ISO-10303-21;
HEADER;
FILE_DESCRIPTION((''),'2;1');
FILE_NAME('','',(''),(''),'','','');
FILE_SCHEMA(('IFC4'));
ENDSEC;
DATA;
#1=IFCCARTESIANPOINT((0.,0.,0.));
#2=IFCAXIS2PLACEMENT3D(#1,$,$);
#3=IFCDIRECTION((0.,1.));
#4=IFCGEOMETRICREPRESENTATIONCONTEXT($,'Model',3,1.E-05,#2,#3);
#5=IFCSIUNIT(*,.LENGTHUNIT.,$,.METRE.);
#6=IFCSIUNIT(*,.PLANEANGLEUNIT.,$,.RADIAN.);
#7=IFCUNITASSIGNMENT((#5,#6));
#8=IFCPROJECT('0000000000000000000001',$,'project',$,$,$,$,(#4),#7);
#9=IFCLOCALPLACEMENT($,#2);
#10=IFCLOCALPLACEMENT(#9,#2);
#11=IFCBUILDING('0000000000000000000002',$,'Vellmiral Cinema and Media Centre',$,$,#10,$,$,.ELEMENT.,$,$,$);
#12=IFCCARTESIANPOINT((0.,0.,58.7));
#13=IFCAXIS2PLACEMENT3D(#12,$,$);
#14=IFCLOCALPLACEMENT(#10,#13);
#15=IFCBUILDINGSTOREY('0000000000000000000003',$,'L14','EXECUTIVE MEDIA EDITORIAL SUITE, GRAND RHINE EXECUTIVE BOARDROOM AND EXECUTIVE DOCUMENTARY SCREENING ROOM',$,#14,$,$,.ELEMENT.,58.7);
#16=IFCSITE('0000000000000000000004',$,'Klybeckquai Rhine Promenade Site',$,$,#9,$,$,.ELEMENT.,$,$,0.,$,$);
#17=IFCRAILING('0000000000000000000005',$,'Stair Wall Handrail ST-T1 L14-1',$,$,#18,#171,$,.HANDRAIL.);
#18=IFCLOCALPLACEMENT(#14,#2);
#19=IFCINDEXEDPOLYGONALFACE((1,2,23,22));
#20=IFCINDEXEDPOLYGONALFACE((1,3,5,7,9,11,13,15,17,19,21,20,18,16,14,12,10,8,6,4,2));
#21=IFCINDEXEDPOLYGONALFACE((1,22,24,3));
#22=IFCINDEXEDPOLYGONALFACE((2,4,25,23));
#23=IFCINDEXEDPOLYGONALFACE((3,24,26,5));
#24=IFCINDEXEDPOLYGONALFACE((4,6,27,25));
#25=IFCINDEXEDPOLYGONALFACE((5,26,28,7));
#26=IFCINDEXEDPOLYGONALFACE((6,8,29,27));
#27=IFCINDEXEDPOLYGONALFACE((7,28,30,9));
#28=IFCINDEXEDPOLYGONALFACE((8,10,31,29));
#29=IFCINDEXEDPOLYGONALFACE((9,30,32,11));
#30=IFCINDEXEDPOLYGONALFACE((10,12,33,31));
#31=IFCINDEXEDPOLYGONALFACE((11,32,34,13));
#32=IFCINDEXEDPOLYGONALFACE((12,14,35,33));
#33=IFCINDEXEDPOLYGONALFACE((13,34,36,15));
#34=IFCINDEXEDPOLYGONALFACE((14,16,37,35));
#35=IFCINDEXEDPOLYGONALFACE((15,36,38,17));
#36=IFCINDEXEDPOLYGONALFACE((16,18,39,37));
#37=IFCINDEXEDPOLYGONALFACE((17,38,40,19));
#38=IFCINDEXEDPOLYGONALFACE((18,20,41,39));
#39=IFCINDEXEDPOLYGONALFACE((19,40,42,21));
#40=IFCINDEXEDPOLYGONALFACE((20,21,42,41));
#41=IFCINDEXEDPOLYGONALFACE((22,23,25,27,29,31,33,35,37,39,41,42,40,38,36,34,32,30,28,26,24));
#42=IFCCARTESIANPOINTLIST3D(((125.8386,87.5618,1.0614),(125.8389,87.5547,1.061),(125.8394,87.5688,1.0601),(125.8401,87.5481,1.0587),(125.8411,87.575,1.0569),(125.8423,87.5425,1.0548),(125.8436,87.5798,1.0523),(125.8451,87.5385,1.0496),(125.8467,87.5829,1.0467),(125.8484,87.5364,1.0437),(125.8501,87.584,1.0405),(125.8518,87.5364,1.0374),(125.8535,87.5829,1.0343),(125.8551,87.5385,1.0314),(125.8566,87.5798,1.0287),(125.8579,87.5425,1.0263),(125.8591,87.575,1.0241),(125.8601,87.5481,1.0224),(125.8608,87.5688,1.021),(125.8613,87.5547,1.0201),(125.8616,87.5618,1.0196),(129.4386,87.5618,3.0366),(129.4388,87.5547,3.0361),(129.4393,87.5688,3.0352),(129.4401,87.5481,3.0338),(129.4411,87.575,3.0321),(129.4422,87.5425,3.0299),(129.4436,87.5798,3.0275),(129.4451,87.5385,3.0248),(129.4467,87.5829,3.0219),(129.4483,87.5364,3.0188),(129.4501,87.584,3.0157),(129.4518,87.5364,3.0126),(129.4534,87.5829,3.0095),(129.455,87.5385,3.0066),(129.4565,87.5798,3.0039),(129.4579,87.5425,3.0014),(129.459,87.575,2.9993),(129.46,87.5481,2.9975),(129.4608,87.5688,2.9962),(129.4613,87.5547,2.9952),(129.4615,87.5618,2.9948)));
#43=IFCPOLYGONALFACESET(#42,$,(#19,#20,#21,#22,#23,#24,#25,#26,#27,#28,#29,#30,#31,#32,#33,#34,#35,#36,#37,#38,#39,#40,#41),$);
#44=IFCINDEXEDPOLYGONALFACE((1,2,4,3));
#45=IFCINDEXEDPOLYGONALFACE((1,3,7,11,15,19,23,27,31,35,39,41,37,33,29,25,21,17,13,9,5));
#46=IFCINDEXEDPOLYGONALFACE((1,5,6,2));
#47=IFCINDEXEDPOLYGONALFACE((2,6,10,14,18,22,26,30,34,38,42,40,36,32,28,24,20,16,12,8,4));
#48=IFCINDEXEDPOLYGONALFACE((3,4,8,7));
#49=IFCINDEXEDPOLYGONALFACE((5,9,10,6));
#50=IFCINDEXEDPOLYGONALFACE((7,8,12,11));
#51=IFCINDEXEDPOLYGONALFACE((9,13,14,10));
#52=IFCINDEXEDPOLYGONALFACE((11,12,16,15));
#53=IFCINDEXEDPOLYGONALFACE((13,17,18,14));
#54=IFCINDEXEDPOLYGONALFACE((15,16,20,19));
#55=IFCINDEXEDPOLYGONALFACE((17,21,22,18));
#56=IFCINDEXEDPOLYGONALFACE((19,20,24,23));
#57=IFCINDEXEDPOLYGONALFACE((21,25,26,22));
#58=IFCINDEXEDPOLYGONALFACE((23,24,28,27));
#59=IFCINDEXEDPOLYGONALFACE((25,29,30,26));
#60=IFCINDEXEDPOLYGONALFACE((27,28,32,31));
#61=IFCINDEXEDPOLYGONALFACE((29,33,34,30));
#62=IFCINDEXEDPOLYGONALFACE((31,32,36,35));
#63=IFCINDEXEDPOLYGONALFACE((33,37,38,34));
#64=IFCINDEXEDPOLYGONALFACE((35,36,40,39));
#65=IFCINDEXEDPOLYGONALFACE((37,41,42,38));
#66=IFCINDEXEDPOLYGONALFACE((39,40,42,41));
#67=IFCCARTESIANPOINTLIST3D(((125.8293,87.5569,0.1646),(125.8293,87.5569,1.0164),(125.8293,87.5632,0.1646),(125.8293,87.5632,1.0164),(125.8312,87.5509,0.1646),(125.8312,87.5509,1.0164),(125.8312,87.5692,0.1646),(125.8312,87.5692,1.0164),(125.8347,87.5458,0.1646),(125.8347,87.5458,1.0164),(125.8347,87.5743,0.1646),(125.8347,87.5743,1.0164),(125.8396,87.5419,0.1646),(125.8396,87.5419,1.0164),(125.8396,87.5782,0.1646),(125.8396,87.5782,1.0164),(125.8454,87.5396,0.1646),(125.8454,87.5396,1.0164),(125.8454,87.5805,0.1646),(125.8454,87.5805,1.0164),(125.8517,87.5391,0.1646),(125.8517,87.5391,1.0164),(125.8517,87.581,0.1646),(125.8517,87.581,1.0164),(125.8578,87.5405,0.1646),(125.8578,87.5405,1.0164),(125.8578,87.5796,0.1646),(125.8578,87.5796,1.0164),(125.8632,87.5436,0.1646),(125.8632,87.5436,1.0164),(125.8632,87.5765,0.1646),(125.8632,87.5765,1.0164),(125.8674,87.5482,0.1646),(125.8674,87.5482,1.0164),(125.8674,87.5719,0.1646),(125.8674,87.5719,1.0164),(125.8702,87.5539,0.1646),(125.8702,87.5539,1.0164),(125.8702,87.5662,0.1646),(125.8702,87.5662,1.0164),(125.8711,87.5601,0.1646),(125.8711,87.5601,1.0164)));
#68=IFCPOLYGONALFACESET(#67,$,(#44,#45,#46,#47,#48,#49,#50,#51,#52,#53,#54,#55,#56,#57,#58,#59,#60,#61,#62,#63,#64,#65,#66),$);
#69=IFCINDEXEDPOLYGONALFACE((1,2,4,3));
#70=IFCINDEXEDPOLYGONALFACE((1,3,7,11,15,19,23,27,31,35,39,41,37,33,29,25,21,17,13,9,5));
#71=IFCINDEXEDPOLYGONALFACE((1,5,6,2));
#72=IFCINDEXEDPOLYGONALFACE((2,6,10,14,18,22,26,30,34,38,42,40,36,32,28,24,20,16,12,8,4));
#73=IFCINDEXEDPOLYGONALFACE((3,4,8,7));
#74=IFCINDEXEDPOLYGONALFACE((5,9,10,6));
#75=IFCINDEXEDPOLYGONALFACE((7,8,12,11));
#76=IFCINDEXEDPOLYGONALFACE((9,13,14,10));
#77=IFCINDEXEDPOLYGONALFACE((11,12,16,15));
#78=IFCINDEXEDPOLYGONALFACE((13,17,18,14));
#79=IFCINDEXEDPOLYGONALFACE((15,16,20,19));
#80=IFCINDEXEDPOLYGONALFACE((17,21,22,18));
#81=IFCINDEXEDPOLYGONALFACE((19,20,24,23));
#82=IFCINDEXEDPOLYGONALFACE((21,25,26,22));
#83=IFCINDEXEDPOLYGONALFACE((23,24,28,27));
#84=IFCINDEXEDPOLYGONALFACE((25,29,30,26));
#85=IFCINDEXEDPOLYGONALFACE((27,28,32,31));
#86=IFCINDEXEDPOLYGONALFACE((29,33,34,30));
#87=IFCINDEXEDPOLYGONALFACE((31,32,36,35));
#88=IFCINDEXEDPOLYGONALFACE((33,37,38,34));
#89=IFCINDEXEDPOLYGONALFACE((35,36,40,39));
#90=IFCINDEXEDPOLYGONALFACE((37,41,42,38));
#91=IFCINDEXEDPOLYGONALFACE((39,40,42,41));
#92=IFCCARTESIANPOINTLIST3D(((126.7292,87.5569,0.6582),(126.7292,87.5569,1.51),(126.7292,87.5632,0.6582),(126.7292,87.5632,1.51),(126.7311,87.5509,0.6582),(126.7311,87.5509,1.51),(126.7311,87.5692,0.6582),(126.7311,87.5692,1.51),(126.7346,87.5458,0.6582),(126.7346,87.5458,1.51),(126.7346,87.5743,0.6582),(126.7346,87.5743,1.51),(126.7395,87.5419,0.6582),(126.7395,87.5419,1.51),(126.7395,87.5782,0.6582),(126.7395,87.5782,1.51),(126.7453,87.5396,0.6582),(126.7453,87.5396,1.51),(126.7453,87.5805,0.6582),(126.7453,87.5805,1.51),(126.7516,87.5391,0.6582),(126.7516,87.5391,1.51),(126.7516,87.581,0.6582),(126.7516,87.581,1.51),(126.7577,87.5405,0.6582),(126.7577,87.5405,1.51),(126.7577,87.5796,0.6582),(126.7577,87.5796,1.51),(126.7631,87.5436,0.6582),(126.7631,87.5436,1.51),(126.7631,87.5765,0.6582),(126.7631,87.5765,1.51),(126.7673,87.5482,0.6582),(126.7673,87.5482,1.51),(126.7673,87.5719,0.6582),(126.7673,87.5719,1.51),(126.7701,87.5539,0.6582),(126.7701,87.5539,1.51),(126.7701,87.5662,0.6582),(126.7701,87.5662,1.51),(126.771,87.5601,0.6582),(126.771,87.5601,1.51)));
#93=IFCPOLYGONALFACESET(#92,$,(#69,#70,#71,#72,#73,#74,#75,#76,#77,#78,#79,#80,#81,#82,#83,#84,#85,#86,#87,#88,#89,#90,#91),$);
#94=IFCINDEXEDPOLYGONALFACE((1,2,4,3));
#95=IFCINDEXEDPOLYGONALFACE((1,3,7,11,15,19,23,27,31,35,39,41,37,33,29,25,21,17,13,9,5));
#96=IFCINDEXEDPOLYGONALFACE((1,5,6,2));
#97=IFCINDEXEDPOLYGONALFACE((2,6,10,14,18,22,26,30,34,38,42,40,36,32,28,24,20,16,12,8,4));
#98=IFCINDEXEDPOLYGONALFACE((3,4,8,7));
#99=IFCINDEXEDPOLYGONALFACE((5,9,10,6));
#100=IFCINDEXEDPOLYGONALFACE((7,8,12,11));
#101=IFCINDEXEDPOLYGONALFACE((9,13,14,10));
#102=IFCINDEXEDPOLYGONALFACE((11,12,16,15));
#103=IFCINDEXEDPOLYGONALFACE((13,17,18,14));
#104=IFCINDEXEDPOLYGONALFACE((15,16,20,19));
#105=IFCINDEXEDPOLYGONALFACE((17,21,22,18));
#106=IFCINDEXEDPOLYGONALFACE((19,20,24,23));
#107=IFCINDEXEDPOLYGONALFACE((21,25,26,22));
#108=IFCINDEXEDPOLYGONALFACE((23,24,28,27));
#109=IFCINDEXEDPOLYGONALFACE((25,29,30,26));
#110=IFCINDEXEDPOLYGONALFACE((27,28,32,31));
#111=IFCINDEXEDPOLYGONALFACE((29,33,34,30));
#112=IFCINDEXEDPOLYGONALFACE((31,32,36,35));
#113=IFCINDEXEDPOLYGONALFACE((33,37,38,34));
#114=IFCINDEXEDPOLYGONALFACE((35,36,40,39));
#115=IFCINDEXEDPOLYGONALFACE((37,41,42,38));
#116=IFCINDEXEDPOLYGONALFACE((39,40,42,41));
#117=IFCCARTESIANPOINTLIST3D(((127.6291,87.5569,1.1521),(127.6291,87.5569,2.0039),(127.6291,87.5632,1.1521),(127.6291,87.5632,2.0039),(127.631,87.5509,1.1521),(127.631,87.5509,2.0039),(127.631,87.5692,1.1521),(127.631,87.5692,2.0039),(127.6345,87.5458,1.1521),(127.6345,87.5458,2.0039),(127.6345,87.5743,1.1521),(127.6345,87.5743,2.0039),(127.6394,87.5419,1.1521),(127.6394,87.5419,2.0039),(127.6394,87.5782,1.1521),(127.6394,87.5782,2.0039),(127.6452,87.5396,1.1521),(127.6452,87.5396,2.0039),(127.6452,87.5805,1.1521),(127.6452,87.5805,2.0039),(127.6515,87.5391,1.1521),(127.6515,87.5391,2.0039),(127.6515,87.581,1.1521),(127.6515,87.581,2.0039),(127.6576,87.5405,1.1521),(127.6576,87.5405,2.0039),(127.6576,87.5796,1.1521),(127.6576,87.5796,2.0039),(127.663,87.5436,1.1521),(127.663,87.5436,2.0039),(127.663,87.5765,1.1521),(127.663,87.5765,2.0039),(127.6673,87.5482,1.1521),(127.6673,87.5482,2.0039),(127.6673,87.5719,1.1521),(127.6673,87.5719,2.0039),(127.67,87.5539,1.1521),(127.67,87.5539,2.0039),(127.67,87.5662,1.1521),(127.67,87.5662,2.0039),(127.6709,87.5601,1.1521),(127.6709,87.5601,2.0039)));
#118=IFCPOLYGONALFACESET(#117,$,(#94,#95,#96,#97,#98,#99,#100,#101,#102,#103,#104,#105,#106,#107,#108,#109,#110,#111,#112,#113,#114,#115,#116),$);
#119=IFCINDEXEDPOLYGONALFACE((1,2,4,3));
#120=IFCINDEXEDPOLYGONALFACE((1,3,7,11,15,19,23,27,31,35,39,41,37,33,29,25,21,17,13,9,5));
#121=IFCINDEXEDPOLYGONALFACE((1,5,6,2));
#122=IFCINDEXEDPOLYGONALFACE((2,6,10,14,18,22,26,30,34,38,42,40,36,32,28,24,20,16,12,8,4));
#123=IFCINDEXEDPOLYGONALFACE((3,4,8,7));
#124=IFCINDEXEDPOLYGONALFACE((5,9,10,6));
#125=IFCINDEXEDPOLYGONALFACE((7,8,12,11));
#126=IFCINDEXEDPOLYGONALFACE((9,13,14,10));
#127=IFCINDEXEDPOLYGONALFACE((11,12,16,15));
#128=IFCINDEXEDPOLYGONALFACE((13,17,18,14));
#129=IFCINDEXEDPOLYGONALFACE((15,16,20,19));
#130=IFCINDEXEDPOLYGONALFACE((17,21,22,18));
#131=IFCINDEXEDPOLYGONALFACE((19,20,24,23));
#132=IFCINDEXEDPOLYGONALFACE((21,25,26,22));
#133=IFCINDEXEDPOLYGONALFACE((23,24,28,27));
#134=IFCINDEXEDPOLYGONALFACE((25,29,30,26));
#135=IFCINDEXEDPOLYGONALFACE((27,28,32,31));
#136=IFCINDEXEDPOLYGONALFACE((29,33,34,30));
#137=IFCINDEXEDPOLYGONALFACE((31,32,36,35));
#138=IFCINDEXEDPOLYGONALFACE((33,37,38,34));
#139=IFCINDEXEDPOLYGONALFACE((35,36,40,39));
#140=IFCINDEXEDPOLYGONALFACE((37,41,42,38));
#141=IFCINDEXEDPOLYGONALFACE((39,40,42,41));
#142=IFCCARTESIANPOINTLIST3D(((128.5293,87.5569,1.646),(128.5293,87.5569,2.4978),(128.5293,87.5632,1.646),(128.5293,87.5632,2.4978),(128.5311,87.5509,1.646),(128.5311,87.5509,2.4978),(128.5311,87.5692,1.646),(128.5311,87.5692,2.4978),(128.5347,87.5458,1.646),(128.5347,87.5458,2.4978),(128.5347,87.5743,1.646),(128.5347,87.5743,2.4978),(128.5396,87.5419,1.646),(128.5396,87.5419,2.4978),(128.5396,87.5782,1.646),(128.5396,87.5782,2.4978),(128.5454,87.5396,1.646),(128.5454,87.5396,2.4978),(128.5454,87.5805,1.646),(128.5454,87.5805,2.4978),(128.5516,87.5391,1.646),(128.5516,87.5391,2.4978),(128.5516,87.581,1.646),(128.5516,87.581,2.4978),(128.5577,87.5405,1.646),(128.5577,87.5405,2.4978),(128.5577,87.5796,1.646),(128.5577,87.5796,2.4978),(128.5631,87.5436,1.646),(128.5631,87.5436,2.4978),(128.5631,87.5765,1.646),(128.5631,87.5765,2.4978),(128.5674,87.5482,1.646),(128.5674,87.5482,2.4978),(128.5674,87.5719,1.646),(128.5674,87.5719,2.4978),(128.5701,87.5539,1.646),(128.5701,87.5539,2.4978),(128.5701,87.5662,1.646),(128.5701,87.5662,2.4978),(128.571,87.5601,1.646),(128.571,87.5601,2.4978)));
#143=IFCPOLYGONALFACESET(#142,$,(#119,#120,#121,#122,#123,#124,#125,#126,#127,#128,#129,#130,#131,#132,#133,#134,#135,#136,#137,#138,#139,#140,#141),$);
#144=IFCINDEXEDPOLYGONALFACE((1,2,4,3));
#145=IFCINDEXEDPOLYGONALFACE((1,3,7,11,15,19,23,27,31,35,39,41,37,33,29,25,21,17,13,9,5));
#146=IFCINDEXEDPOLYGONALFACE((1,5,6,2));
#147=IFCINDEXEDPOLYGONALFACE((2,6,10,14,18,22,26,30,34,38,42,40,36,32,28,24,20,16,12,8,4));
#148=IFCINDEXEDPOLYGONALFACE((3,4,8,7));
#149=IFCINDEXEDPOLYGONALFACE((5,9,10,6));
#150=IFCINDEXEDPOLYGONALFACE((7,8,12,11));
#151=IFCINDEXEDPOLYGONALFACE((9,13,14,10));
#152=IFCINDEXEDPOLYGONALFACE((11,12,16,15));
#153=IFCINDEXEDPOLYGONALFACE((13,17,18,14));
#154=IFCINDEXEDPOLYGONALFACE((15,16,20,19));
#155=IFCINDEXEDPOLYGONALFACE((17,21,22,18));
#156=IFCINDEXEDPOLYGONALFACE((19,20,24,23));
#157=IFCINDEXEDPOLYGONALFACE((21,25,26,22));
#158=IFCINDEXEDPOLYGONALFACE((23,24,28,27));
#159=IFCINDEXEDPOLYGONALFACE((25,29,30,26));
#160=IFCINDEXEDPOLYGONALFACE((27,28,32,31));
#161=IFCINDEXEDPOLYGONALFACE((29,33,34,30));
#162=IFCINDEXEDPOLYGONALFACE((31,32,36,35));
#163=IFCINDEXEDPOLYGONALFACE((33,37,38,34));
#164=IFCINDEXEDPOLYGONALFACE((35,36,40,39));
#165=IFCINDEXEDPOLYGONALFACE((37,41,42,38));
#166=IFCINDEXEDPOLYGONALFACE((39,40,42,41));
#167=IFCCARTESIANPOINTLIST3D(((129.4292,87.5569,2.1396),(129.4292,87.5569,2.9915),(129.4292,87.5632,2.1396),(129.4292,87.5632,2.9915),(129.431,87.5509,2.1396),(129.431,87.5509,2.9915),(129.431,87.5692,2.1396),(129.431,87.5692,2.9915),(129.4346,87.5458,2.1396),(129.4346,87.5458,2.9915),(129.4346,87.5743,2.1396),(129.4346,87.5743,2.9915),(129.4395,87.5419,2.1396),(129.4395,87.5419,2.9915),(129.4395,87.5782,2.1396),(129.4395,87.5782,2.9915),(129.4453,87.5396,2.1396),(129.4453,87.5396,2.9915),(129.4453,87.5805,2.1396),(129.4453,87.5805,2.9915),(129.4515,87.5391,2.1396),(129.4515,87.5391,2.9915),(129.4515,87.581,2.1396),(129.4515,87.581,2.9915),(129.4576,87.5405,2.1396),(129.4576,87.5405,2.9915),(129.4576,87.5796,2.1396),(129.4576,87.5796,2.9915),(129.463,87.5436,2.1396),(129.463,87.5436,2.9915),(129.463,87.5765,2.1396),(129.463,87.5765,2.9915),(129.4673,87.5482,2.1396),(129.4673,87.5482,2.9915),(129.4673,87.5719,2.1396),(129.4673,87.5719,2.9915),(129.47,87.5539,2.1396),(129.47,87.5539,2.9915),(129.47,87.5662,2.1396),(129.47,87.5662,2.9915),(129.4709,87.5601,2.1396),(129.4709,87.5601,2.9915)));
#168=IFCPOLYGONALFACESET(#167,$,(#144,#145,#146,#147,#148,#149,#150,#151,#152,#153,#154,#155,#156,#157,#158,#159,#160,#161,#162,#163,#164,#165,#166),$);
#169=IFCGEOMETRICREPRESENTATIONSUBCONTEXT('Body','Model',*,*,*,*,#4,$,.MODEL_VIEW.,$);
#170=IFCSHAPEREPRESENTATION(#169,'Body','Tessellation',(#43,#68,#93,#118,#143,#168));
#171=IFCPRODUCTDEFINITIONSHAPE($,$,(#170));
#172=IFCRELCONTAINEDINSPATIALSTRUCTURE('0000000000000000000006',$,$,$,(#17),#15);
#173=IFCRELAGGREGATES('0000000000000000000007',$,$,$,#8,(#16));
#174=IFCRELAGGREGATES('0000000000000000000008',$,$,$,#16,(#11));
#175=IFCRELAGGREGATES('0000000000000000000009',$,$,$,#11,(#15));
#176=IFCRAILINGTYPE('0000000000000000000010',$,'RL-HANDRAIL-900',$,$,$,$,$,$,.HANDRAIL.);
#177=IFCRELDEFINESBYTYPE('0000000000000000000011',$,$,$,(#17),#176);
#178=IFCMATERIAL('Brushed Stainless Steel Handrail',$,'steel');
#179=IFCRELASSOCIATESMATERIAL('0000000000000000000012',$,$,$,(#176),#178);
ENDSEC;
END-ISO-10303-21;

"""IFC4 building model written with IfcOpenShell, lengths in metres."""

from ifc_helpers import new_model, si_unit, direction, frame, origin, origin_2d, place, context, subcontext, project, spatial, circle, extrude, material, type_object, element, save


model = new_model("IFC4")

# Units and contexts
model_context = context("Model", 3, precision=1e-05, world=origin(), true_north=direction((0.0, 1.0)))
body_context = subcontext(model_context, "Body", "Model", "MODEL_VIEW")
ifc_project = project(units=[si_unit("LENGTHUNIT", "METRE"), si_unit("PLANEANGLEUNIT", "RADIAN")], contexts=[model_context])

# Site, building, storey
site_placement = place(None, origin())
site = spatial("IfcSite", under=ifc_project, at=site_placement, Name="Klybeckquai Rhine Promenade Site", CompositionType="ELEMENT", RefElevation=0.0)
building_placement = place(site_placement, origin())
building = spatial("IfcBuilding", under=site, at=building_placement, Name="Vellmiral Cinema and Media Centre", CompositionType="ELEMENT")
storey_placement = place(building_placement, frame((0.0, 0.0, 58.7)))
storey = spatial("IfcBuildingStorey", under=building, at=storey_placement, Name="L14", Description="EXECUTIVE MEDIA EDITORIAL SUITE, GRAND RHINE EXECUTIVE BOARDROOM AND EXECUTIVE DOCUMENTARY SCREENING ROOM", CompositionType="ELEMENT", Elevation=58.7)

# Railing
ifc_material_1 = material(Name="Brushed Stainless Steel Handrail", Category="steel")
railing_type_1 = type_object("IfcRailingType", Name="RL-HANDRAIL-900", PredefinedType="HANDRAIL", material=ifc_material_1)
railing_1_placement = place(storey_placement, frame((125.8501, 87.5601, 0.1646)))
element("IfcRailing", 1, at=railing_1_placement, inside=storey, type_object=railing_type_1, Name="Stair Wall Handrail ST-T1 L14-1", PredefinedType="HANDRAIL", context=body_context, shape_type="SweptSolid", body=[
    extrude(circle(Radius=0.0239, at=origin_2d()), frame((0.0, 0.0, 0.876), z_axis=(0.876711, 0.0, 0.481017), x_axis=(0.0, 1.0, 0.0)), (0.0, 0.0, 1.0), 4.1062),
    extrude(circle(Radius=0.021, at=origin_2d()), origin(), (0.0, 0.0, 1.0), 0.8518),
    extrude(circle(Radius=0.021, at=origin_2d()), frame((0.8999, 0.0, 0.4937)), (0.0, 0.0, 1.0), 0.8518),
    extrude(circle(Radius=0.021, at=origin_2d()), frame((1.7998, 0.0, 0.9875)), (0.0, 0.0, 1.0), 0.8518),
    extrude(circle(Radius=0.021, at=origin_2d()), frame((2.7, 0.0, 1.4814)), (0.0, 0.0, 1.0), 0.8518),
    extrude(circle(Radius=0.021, at=origin_2d()), frame((3.5999, 0.0, 1.9751)), (0.0, 0.0, 1.0), 0.8518),
])

save(model, "model.ifc")
